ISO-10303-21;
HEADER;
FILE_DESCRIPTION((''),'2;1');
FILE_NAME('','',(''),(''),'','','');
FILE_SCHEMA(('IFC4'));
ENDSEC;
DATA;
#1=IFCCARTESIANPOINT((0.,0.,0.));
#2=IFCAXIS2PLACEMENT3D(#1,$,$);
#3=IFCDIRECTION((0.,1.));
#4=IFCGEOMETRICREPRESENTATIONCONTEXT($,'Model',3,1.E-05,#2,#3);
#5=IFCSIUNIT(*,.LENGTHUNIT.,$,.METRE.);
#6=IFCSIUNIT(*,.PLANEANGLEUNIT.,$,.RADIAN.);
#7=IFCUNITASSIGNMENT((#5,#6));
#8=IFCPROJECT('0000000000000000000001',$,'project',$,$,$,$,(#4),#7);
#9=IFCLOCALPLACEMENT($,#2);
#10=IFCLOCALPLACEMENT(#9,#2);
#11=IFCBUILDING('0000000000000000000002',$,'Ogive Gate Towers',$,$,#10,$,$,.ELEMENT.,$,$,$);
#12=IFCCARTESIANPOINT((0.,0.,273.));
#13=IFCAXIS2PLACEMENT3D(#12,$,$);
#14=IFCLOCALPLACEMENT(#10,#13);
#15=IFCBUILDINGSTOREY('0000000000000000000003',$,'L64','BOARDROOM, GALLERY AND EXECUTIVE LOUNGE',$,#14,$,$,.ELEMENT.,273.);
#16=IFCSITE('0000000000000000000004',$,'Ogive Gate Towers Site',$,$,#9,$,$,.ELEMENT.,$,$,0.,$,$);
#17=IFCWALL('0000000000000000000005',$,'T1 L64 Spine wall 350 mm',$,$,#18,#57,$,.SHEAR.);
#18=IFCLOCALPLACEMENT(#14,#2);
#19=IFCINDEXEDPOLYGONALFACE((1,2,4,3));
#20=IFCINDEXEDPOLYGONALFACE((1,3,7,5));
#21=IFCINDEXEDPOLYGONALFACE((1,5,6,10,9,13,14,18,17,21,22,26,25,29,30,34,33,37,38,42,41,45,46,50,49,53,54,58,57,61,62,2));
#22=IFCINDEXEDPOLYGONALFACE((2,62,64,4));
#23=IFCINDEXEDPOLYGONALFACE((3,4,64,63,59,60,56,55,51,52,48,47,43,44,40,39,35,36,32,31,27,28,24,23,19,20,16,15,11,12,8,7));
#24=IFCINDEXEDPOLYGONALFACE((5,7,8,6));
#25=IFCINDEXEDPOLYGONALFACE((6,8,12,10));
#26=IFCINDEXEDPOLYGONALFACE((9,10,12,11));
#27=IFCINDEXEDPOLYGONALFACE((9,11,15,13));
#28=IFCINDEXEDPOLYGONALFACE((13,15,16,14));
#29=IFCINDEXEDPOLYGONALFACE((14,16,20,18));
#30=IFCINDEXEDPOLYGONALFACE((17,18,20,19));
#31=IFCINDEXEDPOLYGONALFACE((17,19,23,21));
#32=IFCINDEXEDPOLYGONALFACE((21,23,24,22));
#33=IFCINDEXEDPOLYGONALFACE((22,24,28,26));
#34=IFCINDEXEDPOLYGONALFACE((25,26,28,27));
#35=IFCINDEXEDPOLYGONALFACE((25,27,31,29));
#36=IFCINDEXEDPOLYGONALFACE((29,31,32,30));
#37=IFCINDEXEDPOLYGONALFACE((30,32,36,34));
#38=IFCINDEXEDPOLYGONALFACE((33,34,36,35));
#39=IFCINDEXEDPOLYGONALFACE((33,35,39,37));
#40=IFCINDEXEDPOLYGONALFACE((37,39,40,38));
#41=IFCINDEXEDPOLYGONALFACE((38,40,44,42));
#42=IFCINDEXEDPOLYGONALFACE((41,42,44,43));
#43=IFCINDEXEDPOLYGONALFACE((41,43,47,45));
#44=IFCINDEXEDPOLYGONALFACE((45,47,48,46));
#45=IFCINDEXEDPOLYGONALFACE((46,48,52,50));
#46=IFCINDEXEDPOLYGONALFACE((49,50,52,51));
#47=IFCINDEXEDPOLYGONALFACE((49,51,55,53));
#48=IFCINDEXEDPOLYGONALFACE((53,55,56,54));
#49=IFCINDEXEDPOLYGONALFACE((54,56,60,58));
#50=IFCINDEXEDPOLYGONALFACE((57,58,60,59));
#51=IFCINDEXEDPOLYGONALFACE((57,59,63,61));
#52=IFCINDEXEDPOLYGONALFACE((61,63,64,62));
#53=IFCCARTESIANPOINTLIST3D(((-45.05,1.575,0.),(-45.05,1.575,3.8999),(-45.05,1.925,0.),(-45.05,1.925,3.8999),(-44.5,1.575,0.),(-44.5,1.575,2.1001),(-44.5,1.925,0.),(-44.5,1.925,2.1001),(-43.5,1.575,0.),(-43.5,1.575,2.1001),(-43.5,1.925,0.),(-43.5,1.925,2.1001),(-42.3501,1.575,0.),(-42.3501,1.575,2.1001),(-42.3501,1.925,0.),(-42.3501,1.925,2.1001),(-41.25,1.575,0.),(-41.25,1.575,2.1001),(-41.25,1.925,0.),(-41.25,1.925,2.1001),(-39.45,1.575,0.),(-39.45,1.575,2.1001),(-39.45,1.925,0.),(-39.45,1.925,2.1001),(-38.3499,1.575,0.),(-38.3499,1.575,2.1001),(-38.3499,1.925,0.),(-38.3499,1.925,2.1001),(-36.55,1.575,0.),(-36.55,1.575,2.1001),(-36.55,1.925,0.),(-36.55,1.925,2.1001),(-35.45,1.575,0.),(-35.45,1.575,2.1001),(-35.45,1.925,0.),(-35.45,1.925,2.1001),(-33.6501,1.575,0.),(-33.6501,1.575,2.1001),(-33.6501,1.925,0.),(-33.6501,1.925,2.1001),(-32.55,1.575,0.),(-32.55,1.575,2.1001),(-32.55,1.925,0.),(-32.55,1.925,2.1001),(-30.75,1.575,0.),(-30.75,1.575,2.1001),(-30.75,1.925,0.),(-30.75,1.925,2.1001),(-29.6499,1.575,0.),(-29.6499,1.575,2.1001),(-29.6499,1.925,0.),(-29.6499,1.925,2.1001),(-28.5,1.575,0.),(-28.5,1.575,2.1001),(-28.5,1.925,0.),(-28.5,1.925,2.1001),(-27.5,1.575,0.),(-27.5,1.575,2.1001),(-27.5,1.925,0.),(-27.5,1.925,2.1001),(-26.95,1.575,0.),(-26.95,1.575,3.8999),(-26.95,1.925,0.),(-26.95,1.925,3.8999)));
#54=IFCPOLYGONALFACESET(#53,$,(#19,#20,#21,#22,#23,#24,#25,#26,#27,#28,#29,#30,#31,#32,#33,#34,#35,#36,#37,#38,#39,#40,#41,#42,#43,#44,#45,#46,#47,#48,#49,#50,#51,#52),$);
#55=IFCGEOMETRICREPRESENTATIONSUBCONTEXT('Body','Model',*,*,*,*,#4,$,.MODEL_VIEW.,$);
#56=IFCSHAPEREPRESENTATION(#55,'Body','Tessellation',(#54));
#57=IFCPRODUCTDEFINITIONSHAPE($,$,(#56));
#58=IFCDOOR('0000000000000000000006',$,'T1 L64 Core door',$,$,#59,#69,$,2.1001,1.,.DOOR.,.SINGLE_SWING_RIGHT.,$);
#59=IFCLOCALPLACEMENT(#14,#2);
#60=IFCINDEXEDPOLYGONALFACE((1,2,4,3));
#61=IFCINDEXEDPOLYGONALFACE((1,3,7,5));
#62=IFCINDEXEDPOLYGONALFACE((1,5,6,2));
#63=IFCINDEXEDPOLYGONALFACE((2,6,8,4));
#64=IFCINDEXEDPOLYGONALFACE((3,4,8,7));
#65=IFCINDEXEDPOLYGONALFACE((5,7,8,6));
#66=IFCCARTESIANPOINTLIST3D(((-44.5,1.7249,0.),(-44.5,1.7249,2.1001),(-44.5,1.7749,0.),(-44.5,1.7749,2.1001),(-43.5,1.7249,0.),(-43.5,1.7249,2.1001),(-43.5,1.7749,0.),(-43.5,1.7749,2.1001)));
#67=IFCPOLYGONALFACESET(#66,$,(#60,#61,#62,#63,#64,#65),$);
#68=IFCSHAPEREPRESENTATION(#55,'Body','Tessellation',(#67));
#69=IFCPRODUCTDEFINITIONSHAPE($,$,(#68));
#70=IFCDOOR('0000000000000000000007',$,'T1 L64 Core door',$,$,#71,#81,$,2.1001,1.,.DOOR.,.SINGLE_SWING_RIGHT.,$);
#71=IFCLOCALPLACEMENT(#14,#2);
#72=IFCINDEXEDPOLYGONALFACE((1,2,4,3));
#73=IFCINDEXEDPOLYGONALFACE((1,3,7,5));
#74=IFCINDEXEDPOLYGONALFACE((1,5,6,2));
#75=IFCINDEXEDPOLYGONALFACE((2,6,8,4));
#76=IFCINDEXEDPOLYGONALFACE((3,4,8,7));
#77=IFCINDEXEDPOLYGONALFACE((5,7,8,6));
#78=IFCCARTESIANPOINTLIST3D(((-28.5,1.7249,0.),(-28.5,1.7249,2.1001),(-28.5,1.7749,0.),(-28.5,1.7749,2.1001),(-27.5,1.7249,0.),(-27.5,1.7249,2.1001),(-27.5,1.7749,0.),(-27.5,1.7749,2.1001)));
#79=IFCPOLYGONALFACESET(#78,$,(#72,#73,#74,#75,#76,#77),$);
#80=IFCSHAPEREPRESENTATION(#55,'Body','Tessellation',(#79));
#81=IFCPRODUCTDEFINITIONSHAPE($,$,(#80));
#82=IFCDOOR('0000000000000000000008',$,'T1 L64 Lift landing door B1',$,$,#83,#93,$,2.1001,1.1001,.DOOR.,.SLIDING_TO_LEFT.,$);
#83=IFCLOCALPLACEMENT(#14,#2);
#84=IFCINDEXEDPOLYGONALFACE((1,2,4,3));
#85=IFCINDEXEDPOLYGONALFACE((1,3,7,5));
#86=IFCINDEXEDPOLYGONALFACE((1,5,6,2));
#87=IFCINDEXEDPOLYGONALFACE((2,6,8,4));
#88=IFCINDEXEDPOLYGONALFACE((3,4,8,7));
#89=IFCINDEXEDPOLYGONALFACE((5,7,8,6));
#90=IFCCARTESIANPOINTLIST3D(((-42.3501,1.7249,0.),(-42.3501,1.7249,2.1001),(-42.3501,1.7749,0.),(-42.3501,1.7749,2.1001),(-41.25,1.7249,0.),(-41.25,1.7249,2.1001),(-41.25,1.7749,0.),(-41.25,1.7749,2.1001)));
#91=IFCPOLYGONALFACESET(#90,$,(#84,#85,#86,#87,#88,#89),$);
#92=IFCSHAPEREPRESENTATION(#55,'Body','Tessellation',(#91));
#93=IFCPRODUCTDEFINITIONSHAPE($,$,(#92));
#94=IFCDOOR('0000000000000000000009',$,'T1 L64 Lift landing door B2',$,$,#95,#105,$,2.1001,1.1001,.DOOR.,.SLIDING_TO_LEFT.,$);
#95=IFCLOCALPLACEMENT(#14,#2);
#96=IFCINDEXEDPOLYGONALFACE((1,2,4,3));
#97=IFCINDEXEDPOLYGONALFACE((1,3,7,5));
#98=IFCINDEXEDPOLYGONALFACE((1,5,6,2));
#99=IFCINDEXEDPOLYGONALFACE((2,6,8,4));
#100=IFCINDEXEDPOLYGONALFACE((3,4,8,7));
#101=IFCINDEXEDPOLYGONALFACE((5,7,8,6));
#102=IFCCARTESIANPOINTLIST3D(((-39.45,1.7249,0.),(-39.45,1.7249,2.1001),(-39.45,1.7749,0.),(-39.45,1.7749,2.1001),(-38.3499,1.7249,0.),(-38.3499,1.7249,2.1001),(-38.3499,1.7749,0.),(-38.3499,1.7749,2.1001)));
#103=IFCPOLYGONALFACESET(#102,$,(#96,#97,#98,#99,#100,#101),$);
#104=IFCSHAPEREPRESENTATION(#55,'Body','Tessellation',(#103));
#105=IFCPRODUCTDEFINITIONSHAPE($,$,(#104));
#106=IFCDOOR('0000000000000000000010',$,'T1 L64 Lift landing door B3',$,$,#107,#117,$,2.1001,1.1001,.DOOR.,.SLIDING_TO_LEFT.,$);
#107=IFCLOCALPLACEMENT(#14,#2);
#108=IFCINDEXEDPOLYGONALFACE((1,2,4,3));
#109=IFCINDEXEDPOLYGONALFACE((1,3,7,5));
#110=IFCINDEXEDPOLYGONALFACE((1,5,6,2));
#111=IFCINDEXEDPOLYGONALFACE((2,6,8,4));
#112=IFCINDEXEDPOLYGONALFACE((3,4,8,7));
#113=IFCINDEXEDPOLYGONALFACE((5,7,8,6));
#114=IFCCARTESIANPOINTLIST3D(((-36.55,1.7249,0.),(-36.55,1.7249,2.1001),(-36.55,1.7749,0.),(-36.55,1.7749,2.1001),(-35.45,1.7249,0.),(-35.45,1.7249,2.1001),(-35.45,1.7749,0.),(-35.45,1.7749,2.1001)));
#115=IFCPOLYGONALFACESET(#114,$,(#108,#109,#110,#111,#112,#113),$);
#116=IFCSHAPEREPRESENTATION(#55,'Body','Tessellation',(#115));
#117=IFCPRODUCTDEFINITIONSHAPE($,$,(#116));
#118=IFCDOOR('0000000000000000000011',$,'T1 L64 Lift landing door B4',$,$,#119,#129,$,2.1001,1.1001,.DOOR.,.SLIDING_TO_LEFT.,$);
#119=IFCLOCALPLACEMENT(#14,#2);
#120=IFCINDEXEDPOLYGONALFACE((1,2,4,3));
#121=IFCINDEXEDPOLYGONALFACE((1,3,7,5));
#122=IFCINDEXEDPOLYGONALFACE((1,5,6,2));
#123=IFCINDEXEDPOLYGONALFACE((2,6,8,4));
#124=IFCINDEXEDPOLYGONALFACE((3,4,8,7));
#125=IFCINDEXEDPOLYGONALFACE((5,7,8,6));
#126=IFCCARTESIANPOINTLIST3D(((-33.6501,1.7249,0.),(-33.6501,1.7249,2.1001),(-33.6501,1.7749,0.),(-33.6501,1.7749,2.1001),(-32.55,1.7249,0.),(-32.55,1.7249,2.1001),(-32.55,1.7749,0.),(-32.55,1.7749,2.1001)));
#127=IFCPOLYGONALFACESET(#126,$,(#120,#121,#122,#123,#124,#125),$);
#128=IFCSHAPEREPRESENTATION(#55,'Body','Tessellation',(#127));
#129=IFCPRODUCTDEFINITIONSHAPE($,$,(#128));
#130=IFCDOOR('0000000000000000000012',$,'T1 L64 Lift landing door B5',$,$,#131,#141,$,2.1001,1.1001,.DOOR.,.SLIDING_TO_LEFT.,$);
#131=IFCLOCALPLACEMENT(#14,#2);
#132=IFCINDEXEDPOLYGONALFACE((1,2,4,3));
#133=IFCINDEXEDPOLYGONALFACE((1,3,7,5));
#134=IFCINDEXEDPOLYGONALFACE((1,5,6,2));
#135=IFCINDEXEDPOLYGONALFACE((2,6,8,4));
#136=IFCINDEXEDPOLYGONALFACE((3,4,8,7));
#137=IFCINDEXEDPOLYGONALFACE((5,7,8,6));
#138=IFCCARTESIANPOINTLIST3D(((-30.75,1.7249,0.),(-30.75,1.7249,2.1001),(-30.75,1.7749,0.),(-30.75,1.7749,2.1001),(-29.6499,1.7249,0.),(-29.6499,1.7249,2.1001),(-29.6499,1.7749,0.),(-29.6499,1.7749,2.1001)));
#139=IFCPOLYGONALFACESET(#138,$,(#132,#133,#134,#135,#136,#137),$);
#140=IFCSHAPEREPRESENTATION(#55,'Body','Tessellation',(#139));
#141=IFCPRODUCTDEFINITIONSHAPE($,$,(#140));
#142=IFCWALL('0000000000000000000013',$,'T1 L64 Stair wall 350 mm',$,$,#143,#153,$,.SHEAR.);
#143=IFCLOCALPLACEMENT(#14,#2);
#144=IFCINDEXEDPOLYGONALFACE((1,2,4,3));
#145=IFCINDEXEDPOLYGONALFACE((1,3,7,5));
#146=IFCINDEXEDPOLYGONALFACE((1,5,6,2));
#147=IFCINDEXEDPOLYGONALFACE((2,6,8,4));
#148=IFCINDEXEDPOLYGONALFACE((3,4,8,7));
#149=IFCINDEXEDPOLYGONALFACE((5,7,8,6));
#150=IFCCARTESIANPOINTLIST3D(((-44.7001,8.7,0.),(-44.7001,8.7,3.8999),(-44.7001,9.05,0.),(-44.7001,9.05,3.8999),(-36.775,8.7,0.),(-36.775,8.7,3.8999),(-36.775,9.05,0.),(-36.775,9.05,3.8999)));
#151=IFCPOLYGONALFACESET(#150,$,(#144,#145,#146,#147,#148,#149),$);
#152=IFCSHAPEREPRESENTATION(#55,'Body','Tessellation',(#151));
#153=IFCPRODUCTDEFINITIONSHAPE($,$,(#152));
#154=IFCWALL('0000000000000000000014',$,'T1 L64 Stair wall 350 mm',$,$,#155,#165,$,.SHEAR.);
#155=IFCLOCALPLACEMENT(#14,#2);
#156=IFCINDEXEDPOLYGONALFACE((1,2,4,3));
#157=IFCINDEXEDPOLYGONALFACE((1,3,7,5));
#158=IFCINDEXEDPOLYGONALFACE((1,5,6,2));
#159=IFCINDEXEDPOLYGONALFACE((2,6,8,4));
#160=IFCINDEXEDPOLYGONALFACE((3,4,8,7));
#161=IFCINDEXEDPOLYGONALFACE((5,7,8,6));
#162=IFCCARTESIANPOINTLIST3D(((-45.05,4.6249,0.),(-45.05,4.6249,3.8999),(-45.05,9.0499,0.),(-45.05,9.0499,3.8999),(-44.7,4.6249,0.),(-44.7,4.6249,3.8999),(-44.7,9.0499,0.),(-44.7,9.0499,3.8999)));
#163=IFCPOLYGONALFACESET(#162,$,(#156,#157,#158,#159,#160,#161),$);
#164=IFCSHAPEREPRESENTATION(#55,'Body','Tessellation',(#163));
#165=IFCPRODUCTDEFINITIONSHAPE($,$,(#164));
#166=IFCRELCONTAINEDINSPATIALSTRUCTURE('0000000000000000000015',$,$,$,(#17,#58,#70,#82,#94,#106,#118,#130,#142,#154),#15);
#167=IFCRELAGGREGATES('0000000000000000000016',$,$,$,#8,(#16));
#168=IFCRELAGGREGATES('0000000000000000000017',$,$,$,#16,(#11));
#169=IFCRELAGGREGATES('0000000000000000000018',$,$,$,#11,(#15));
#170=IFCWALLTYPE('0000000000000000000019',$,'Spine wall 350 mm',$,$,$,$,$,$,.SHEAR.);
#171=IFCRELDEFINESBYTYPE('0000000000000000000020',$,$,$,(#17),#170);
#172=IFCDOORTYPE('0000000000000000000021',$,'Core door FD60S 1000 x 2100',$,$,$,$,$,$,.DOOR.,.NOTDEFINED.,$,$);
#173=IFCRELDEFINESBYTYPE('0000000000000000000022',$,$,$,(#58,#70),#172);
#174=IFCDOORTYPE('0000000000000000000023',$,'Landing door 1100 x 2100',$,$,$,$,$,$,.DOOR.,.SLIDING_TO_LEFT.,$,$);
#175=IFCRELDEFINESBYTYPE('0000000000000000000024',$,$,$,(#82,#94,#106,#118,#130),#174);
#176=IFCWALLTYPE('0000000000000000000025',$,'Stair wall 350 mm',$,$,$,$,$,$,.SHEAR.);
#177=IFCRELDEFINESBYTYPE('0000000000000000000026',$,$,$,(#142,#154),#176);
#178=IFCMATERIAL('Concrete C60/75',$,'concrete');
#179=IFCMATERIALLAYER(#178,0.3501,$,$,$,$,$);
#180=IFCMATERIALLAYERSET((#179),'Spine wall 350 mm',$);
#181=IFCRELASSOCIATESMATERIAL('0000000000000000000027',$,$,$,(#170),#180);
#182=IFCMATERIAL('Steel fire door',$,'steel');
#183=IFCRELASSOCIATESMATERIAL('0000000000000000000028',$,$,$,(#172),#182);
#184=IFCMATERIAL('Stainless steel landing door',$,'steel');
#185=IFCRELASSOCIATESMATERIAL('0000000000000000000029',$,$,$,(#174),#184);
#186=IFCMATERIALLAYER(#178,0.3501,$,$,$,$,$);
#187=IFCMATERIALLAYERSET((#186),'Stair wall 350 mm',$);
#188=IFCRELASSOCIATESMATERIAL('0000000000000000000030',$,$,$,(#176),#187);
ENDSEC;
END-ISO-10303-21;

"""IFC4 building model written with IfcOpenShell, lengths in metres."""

from ifc_helpers import new_model, si_unit, direction, frame, frame_2d, origin, place, context, subcontext, project, spatial, rectangle, extrude, material, layer, layer_set, type_object, element, fill, save


model = new_model("IFC4")

# Units and contexts
model_context = context("Model", 3, precision=1e-05, world=origin(), true_north=direction((0.0, 1.0)))
body_context = subcontext(model_context, "Body", "Model", "MODEL_VIEW")
ifc_project = project(units=[si_unit("LENGTHUNIT", "METRE"), si_unit("PLANEANGLEUNIT", "RADIAN")], contexts=[model_context])

# Site, building, storey
site_placement = place(None, origin())
site = spatial("IfcSite", under=ifc_project, at=site_placement, Name="Ogive Gate Towers Site", CompositionType="ELEMENT", RefElevation=0.0)
building_placement = place(site_placement, origin())
building = spatial("IfcBuilding", under=site, at=building_placement, Name="Ogive Gate Towers", CompositionType="ELEMENT")
storey_placement = place(building_placement, frame((0.0, 0.0, 273.0)))
storey = spatial("IfcBuildingStorey", under=building, at=storey_placement, Name="L64", Description="BOARDROOM, GALLERY AND EXECUTIVE LOUNGE", CompositionType="ELEMENT", Elevation=273.0)

# Shared definitions
ifc_material_1 = material(Name="Concrete C60/75", Category="concrete")
ifc_material_2 = material(Name="Steel fire door", Category="steel")

# Wall, openings, doors
ifc_layer_1 = layer(ifc_material_1, 0.3501)
ifc_layer_set_1 = layer_set([ifc_layer_1], Name="Spine wall 350 mm")
wall_type_1 = type_object("IfcWallType", Name="Spine wall 350 mm", PredefinedType="SHEAR", material=ifc_layer_set_1)
wall_1_placement = place(storey_placement, frame((-45.05, 1.75, 0.0), z_axis=(0.0, 0.0, 1.0), x_axis=(1.0, 0.0, 0.0)))
wall_1 = element("IfcWall", 1, at=wall_1_placement, inside=storey, type_object=wall_type_1, Name="T1 L64 Spine wall 350 mm", PredefinedType="SHEAR", context=body_context, shape_type="SweptSolid", body=[
    extrude(rectangle(XDim=18.1001, YDim=0.3501, at=frame_2d((9.05, 0.0))), origin(), (0.0, 0.0, 1.0), 3.8999),
])
opening_1_placement = place(wall_1_placement, frame((0.55, 0.0, 0.0)))
opening_1 = element("IfcOpeningElement", 2, at=opening_1_placement, cuts=wall_1, PredefinedType="OPENING", context=body_context, shape_type="SweptSolid", body=[
    extrude(rectangle(XDim=1.0, YDim=2.1001, at=frame_2d((0.5, 1.05))), frame((0.0, 0.1851, 0.0), z_axis=(0.0, -1.0, 0.0), x_axis=(1.0, 0.0, 0.0)), (0.0, 0.0, 1.0), 0.3701),
])
opening_2_placement = place(wall_1_placement, frame((2.7, 0.0, 0.0)))
opening_2 = element("IfcOpeningElement", 3, at=opening_2_placement, cuts=wall_1, PredefinedType="OPENING", context=body_context, shape_type="SweptSolid", body=[
    extrude(rectangle(XDim=1.1001, YDim=2.1001, at=frame_2d((0.55, 1.05))), frame((0.0, 0.1851, 0.0), z_axis=(0.0, -1.0, 0.0), x_axis=(1.0, 0.0, 0.0)), (0.0, 0.0, 1.0), 0.3701),
])
opening_3_placement = place(wall_1_placement, frame((5.6001, 0.0, 0.0)))
opening_3 = element("IfcOpeningElement", 4, at=opening_3_placement, cuts=wall_1, PredefinedType="OPENING", context=body_context, shape_type="SweptSolid", body=[
    extrude(rectangle(XDim=1.1001, YDim=2.1001, at=frame_2d((0.55, 1.05))), frame((0.0, 0.1851, 0.0), z_axis=(0.0, -1.0, 0.0), x_axis=(1.0, 0.0, 0.0)), (0.0, 0.0, 1.0), 0.3701),
])
opening_4_placement = place(wall_1_placement, frame((8.5, 0.0, 0.0)))
opening_4 = element("IfcOpeningElement", 5, at=opening_4_placement, cuts=wall_1, PredefinedType="OPENING", context=body_context, shape_type="SweptSolid", body=[
    extrude(rectangle(XDim=1.1001, YDim=2.1001, at=frame_2d((0.55, 1.05))), frame((0.0, 0.1851, 0.0), z_axis=(0.0, -1.0, 0.0), x_axis=(1.0, 0.0, 0.0)), (0.0, 0.0, 1.0), 0.3701),
])
opening_5_placement = place(wall_1_placement, frame((11.3999, 0.0, 0.0)))
opening_5 = element("IfcOpeningElement", 6, at=opening_5_placement, cuts=wall_1, PredefinedType="OPENING", context=body_context, shape_type="SweptSolid", body=[
    extrude(rectangle(XDim=1.1001, YDim=2.1001, at=frame_2d((0.55, 1.05))), frame((0.0, 0.1851, 0.0), z_axis=(0.0, -1.0, 0.0), x_axis=(1.0, 0.0, 0.0)), (0.0, 0.0, 1.0), 0.3701),
])
opening_6_placement = place(wall_1_placement, frame((14.3, 0.0, 0.0)))
opening_6 = element("IfcOpeningElement", 7, at=opening_6_placement, cuts=wall_1, PredefinedType="OPENING", context=body_context, shape_type="SweptSolid", body=[
    extrude(rectangle(XDim=1.1001, YDim=2.1001, at=frame_2d((0.55, 1.05))), frame((0.0, 0.1851, 0.0), z_axis=(0.0, -1.0, 0.0), x_axis=(1.0, 0.0, 0.0)), (0.0, 0.0, 1.0), 0.3701),
])
opening_7_placement = place(wall_1_placement, frame((16.55, 0.0, 0.0)))
opening_7 = element("IfcOpeningElement", 8, at=opening_7_placement, cuts=wall_1, PredefinedType="OPENING", context=body_context, shape_type="SweptSolid", body=[
    extrude(rectangle(XDim=1.0, YDim=2.1001, at=frame_2d((0.5, 1.05))), frame((0.0, 0.1851, 0.0), z_axis=(0.0, -1.0, 0.0), x_axis=(1.0, 0.0, 0.0)), (0.0, 0.0, 1.0), 0.3701),
])
door_type_1 = type_object("IfcDoorType", Name="Core door FD60S 1000 x 2100", OperationType="NOTDEFINED", PredefinedType="DOOR", material=ifc_material_2)
door_1_placement = place(opening_1_placement, origin())
door_1 = element("IfcDoor", 9, at=door_1_placement, inside=storey, type_object=door_type_1, Name="T1 L64 Core door", OperationType="SINGLE_SWING_RIGHT", OverallHeight=2.1001, OverallWidth=1.0, PredefinedType="DOOR", context=body_context, shape_type="SweptSolid", body=[
    extrude(rectangle(XDim=1.0, YDim=2.1001, at=frame_2d((0.5, 1.05))), frame((0.0, 0.0249, 0.0), z_axis=(0.0, -1.0, 0.0), x_axis=(1.0, 0.0, 0.0)), (0.0, 0.0, 1.0), 0.05),
])
fill(opening_1, door_1)
door_2_placement = place(opening_7_placement, origin())
door_2 = element("IfcDoor", 10, at=door_2_placement, inside=storey, type_object=door_type_1, Name="T1 L64 Core door", OperationType="SINGLE_SWING_RIGHT", OverallHeight=2.1001, OverallWidth=1.0, PredefinedType="DOOR", context=body_context, shape_type="SweptSolid", body=[
    extrude(rectangle(XDim=1.0, YDim=2.1001, at=frame_2d((0.5, 1.05))), frame((0.0, 0.0249, 0.0), z_axis=(0.0, -1.0, 0.0), x_axis=(1.0, 0.0, 0.0)), (0.0, 0.0, 1.0), 0.05),
])
fill(opening_7, door_2)
ifc_material_3 = material(Name="Stainless steel landing door", Category="steel")
door_type_2 = type_object("IfcDoorType", Name="Landing door 1100 x 2100", OperationType="SLIDING_TO_LEFT", PredefinedType="DOOR", material=ifc_material_3)
door_3_placement = place(opening_2_placement, origin())
door_3 = element("IfcDoor", 11, at=door_3_placement, inside=storey, type_object=door_type_2, Name="T1 L64 Lift landing door B1", OperationType="SLIDING_TO_LEFT", OverallHeight=2.1001, OverallWidth=1.1001, PredefinedType="DOOR", context=body_context, shape_type="SweptSolid", body=[
    extrude(rectangle(XDim=1.1001, YDim=2.1001, at=frame_2d((0.55, 1.05))), frame((0.0, 0.0249, 0.0), z_axis=(0.0, -1.0, 0.0), x_axis=(1.0, 0.0, 0.0)), (0.0, 0.0, 1.0), 0.05),
])
fill(opening_2, door_3)
door_4_placement = place(opening_3_placement, origin())
door_4 = element("IfcDoor", 12, at=door_4_placement, inside=storey, type_object=door_type_2, Name="T1 L64 Lift landing door B2", OperationType="SLIDING_TO_LEFT", OverallHeight=2.1001, OverallWidth=1.1001, PredefinedType="DOOR", context=body_context, shape_type="SweptSolid", body=[
    extrude(rectangle(XDim=1.1001, YDim=2.1001, at=frame_2d((0.55, 1.05))), frame((0.0, 0.0249, 0.0), z_axis=(0.0, -1.0, 0.0), x_axis=(1.0, 0.0, 0.0)), (0.0, 0.0, 1.0), 0.05),
])
fill(opening_3, door_4)
door_5_placement = place(opening_4_placement, origin())
door_5 = element("IfcDoor", 13, at=door_5_placement, inside=storey, type_object=door_type_2, Name="T1 L64 Lift landing door B3", OperationType="SLIDING_TO_LEFT", OverallHeight=2.1001, OverallWidth=1.1001, PredefinedType="DOOR", context=body_context, shape_type="SweptSolid", body=[
    extrude(rectangle(XDim=1.1001, YDim=2.1001, at=frame_2d((0.55, 1.05))), frame((0.0, 0.0249, 0.0), z_axis=(0.0, -1.0, 0.0), x_axis=(1.0, 0.0, 0.0)), (0.0, 0.0, 1.0), 0.05),
])
fill(opening_4, door_5)
door_6_placement = place(opening_5_placement, origin())
door_6 = element("IfcDoor", 14, at=door_6_placement, inside=storey, type_object=door_type_2, Name="T1 L64 Lift landing door B4", OperationType="SLIDING_TO_LEFT", OverallHeight=2.1001, OverallWidth=1.1001, PredefinedType="DOOR", context=body_context, shape_type="SweptSolid", body=[
    extrude(rectangle(XDim=1.1001, YDim=2.1001, at=frame_2d((0.55, 1.05))), frame((0.0, 0.0249, 0.0), z_axis=(0.0, -1.0, 0.0), x_axis=(1.0, 0.0, 0.0)), (0.0, 0.0, 1.0), 0.05),
])
fill(opening_5, door_6)
door_7_placement = place(opening_6_placement, origin())
door_7 = element("IfcDoor", 15, at=door_7_placement, inside=storey, type_object=door_type_2, Name="T1 L64 Lift landing door B5", OperationType="SLIDING_TO_LEFT", OverallHeight=2.1001, OverallWidth=1.1001, PredefinedType="DOOR", context=body_context, shape_type="SweptSolid", body=[
    extrude(rectangle(XDim=1.1001, YDim=2.1001, at=frame_2d((0.55, 1.05))), frame((0.0, 0.0249, 0.0), z_axis=(0.0, -1.0, 0.0), x_axis=(1.0, 0.0, 0.0)), (0.0, 0.0, 1.0), 0.05),
])
fill(opening_6, door_7)

# Walls
ifc_layer_2 = layer(ifc_material_1, 0.3501)
ifc_layer_set_2 = layer_set([ifc_layer_2], Name="Stair wall 350 mm")
wall_type_2 = type_object("IfcWallType", Name="Stair wall 350 mm", PredefinedType="SHEAR", material=ifc_layer_set_2)
wall_2_placement = place(storey_placement, frame((-44.7, 8.875, 0.0), z_axis=(0.0, 0.0, 1.0), x_axis=(1.0, 0.0, 0.0)))
element("IfcWall", 16, at=wall_2_placement, inside=storey, type_object=wall_type_2, Name="T1 L64 Stair wall 350 mm", PredefinedType="SHEAR", context=body_context, shape_type="SweptSolid", body=[
    extrude(rectangle(XDim=7.925, YDim=0.3501, at=frame_2d((3.9624, 0.0))), origin(), (0.0, 0.0, 1.0), 3.8999),
])
wall_3_placement = place(storey_placement, frame((-44.875, 4.625, 0.0), z_axis=(0.0, 0.0, 1.0), x_axis=(0.0, 1.0, 0.0)))
element("IfcWall", 17, at=wall_3_placement, inside=storey, type_object=wall_type_2, Name="T1 L64 Stair wall 350 mm", PredefinedType="SHEAR", context=body_context, shape_type="SweptSolid", body=[
    extrude(rectangle(XDim=4.425, YDim=0.3501, at=frame_2d((2.2124, 0.0))), origin(), (0.0, 0.0, 1.0), 3.8999),
])

save(model, "model.ifc")
